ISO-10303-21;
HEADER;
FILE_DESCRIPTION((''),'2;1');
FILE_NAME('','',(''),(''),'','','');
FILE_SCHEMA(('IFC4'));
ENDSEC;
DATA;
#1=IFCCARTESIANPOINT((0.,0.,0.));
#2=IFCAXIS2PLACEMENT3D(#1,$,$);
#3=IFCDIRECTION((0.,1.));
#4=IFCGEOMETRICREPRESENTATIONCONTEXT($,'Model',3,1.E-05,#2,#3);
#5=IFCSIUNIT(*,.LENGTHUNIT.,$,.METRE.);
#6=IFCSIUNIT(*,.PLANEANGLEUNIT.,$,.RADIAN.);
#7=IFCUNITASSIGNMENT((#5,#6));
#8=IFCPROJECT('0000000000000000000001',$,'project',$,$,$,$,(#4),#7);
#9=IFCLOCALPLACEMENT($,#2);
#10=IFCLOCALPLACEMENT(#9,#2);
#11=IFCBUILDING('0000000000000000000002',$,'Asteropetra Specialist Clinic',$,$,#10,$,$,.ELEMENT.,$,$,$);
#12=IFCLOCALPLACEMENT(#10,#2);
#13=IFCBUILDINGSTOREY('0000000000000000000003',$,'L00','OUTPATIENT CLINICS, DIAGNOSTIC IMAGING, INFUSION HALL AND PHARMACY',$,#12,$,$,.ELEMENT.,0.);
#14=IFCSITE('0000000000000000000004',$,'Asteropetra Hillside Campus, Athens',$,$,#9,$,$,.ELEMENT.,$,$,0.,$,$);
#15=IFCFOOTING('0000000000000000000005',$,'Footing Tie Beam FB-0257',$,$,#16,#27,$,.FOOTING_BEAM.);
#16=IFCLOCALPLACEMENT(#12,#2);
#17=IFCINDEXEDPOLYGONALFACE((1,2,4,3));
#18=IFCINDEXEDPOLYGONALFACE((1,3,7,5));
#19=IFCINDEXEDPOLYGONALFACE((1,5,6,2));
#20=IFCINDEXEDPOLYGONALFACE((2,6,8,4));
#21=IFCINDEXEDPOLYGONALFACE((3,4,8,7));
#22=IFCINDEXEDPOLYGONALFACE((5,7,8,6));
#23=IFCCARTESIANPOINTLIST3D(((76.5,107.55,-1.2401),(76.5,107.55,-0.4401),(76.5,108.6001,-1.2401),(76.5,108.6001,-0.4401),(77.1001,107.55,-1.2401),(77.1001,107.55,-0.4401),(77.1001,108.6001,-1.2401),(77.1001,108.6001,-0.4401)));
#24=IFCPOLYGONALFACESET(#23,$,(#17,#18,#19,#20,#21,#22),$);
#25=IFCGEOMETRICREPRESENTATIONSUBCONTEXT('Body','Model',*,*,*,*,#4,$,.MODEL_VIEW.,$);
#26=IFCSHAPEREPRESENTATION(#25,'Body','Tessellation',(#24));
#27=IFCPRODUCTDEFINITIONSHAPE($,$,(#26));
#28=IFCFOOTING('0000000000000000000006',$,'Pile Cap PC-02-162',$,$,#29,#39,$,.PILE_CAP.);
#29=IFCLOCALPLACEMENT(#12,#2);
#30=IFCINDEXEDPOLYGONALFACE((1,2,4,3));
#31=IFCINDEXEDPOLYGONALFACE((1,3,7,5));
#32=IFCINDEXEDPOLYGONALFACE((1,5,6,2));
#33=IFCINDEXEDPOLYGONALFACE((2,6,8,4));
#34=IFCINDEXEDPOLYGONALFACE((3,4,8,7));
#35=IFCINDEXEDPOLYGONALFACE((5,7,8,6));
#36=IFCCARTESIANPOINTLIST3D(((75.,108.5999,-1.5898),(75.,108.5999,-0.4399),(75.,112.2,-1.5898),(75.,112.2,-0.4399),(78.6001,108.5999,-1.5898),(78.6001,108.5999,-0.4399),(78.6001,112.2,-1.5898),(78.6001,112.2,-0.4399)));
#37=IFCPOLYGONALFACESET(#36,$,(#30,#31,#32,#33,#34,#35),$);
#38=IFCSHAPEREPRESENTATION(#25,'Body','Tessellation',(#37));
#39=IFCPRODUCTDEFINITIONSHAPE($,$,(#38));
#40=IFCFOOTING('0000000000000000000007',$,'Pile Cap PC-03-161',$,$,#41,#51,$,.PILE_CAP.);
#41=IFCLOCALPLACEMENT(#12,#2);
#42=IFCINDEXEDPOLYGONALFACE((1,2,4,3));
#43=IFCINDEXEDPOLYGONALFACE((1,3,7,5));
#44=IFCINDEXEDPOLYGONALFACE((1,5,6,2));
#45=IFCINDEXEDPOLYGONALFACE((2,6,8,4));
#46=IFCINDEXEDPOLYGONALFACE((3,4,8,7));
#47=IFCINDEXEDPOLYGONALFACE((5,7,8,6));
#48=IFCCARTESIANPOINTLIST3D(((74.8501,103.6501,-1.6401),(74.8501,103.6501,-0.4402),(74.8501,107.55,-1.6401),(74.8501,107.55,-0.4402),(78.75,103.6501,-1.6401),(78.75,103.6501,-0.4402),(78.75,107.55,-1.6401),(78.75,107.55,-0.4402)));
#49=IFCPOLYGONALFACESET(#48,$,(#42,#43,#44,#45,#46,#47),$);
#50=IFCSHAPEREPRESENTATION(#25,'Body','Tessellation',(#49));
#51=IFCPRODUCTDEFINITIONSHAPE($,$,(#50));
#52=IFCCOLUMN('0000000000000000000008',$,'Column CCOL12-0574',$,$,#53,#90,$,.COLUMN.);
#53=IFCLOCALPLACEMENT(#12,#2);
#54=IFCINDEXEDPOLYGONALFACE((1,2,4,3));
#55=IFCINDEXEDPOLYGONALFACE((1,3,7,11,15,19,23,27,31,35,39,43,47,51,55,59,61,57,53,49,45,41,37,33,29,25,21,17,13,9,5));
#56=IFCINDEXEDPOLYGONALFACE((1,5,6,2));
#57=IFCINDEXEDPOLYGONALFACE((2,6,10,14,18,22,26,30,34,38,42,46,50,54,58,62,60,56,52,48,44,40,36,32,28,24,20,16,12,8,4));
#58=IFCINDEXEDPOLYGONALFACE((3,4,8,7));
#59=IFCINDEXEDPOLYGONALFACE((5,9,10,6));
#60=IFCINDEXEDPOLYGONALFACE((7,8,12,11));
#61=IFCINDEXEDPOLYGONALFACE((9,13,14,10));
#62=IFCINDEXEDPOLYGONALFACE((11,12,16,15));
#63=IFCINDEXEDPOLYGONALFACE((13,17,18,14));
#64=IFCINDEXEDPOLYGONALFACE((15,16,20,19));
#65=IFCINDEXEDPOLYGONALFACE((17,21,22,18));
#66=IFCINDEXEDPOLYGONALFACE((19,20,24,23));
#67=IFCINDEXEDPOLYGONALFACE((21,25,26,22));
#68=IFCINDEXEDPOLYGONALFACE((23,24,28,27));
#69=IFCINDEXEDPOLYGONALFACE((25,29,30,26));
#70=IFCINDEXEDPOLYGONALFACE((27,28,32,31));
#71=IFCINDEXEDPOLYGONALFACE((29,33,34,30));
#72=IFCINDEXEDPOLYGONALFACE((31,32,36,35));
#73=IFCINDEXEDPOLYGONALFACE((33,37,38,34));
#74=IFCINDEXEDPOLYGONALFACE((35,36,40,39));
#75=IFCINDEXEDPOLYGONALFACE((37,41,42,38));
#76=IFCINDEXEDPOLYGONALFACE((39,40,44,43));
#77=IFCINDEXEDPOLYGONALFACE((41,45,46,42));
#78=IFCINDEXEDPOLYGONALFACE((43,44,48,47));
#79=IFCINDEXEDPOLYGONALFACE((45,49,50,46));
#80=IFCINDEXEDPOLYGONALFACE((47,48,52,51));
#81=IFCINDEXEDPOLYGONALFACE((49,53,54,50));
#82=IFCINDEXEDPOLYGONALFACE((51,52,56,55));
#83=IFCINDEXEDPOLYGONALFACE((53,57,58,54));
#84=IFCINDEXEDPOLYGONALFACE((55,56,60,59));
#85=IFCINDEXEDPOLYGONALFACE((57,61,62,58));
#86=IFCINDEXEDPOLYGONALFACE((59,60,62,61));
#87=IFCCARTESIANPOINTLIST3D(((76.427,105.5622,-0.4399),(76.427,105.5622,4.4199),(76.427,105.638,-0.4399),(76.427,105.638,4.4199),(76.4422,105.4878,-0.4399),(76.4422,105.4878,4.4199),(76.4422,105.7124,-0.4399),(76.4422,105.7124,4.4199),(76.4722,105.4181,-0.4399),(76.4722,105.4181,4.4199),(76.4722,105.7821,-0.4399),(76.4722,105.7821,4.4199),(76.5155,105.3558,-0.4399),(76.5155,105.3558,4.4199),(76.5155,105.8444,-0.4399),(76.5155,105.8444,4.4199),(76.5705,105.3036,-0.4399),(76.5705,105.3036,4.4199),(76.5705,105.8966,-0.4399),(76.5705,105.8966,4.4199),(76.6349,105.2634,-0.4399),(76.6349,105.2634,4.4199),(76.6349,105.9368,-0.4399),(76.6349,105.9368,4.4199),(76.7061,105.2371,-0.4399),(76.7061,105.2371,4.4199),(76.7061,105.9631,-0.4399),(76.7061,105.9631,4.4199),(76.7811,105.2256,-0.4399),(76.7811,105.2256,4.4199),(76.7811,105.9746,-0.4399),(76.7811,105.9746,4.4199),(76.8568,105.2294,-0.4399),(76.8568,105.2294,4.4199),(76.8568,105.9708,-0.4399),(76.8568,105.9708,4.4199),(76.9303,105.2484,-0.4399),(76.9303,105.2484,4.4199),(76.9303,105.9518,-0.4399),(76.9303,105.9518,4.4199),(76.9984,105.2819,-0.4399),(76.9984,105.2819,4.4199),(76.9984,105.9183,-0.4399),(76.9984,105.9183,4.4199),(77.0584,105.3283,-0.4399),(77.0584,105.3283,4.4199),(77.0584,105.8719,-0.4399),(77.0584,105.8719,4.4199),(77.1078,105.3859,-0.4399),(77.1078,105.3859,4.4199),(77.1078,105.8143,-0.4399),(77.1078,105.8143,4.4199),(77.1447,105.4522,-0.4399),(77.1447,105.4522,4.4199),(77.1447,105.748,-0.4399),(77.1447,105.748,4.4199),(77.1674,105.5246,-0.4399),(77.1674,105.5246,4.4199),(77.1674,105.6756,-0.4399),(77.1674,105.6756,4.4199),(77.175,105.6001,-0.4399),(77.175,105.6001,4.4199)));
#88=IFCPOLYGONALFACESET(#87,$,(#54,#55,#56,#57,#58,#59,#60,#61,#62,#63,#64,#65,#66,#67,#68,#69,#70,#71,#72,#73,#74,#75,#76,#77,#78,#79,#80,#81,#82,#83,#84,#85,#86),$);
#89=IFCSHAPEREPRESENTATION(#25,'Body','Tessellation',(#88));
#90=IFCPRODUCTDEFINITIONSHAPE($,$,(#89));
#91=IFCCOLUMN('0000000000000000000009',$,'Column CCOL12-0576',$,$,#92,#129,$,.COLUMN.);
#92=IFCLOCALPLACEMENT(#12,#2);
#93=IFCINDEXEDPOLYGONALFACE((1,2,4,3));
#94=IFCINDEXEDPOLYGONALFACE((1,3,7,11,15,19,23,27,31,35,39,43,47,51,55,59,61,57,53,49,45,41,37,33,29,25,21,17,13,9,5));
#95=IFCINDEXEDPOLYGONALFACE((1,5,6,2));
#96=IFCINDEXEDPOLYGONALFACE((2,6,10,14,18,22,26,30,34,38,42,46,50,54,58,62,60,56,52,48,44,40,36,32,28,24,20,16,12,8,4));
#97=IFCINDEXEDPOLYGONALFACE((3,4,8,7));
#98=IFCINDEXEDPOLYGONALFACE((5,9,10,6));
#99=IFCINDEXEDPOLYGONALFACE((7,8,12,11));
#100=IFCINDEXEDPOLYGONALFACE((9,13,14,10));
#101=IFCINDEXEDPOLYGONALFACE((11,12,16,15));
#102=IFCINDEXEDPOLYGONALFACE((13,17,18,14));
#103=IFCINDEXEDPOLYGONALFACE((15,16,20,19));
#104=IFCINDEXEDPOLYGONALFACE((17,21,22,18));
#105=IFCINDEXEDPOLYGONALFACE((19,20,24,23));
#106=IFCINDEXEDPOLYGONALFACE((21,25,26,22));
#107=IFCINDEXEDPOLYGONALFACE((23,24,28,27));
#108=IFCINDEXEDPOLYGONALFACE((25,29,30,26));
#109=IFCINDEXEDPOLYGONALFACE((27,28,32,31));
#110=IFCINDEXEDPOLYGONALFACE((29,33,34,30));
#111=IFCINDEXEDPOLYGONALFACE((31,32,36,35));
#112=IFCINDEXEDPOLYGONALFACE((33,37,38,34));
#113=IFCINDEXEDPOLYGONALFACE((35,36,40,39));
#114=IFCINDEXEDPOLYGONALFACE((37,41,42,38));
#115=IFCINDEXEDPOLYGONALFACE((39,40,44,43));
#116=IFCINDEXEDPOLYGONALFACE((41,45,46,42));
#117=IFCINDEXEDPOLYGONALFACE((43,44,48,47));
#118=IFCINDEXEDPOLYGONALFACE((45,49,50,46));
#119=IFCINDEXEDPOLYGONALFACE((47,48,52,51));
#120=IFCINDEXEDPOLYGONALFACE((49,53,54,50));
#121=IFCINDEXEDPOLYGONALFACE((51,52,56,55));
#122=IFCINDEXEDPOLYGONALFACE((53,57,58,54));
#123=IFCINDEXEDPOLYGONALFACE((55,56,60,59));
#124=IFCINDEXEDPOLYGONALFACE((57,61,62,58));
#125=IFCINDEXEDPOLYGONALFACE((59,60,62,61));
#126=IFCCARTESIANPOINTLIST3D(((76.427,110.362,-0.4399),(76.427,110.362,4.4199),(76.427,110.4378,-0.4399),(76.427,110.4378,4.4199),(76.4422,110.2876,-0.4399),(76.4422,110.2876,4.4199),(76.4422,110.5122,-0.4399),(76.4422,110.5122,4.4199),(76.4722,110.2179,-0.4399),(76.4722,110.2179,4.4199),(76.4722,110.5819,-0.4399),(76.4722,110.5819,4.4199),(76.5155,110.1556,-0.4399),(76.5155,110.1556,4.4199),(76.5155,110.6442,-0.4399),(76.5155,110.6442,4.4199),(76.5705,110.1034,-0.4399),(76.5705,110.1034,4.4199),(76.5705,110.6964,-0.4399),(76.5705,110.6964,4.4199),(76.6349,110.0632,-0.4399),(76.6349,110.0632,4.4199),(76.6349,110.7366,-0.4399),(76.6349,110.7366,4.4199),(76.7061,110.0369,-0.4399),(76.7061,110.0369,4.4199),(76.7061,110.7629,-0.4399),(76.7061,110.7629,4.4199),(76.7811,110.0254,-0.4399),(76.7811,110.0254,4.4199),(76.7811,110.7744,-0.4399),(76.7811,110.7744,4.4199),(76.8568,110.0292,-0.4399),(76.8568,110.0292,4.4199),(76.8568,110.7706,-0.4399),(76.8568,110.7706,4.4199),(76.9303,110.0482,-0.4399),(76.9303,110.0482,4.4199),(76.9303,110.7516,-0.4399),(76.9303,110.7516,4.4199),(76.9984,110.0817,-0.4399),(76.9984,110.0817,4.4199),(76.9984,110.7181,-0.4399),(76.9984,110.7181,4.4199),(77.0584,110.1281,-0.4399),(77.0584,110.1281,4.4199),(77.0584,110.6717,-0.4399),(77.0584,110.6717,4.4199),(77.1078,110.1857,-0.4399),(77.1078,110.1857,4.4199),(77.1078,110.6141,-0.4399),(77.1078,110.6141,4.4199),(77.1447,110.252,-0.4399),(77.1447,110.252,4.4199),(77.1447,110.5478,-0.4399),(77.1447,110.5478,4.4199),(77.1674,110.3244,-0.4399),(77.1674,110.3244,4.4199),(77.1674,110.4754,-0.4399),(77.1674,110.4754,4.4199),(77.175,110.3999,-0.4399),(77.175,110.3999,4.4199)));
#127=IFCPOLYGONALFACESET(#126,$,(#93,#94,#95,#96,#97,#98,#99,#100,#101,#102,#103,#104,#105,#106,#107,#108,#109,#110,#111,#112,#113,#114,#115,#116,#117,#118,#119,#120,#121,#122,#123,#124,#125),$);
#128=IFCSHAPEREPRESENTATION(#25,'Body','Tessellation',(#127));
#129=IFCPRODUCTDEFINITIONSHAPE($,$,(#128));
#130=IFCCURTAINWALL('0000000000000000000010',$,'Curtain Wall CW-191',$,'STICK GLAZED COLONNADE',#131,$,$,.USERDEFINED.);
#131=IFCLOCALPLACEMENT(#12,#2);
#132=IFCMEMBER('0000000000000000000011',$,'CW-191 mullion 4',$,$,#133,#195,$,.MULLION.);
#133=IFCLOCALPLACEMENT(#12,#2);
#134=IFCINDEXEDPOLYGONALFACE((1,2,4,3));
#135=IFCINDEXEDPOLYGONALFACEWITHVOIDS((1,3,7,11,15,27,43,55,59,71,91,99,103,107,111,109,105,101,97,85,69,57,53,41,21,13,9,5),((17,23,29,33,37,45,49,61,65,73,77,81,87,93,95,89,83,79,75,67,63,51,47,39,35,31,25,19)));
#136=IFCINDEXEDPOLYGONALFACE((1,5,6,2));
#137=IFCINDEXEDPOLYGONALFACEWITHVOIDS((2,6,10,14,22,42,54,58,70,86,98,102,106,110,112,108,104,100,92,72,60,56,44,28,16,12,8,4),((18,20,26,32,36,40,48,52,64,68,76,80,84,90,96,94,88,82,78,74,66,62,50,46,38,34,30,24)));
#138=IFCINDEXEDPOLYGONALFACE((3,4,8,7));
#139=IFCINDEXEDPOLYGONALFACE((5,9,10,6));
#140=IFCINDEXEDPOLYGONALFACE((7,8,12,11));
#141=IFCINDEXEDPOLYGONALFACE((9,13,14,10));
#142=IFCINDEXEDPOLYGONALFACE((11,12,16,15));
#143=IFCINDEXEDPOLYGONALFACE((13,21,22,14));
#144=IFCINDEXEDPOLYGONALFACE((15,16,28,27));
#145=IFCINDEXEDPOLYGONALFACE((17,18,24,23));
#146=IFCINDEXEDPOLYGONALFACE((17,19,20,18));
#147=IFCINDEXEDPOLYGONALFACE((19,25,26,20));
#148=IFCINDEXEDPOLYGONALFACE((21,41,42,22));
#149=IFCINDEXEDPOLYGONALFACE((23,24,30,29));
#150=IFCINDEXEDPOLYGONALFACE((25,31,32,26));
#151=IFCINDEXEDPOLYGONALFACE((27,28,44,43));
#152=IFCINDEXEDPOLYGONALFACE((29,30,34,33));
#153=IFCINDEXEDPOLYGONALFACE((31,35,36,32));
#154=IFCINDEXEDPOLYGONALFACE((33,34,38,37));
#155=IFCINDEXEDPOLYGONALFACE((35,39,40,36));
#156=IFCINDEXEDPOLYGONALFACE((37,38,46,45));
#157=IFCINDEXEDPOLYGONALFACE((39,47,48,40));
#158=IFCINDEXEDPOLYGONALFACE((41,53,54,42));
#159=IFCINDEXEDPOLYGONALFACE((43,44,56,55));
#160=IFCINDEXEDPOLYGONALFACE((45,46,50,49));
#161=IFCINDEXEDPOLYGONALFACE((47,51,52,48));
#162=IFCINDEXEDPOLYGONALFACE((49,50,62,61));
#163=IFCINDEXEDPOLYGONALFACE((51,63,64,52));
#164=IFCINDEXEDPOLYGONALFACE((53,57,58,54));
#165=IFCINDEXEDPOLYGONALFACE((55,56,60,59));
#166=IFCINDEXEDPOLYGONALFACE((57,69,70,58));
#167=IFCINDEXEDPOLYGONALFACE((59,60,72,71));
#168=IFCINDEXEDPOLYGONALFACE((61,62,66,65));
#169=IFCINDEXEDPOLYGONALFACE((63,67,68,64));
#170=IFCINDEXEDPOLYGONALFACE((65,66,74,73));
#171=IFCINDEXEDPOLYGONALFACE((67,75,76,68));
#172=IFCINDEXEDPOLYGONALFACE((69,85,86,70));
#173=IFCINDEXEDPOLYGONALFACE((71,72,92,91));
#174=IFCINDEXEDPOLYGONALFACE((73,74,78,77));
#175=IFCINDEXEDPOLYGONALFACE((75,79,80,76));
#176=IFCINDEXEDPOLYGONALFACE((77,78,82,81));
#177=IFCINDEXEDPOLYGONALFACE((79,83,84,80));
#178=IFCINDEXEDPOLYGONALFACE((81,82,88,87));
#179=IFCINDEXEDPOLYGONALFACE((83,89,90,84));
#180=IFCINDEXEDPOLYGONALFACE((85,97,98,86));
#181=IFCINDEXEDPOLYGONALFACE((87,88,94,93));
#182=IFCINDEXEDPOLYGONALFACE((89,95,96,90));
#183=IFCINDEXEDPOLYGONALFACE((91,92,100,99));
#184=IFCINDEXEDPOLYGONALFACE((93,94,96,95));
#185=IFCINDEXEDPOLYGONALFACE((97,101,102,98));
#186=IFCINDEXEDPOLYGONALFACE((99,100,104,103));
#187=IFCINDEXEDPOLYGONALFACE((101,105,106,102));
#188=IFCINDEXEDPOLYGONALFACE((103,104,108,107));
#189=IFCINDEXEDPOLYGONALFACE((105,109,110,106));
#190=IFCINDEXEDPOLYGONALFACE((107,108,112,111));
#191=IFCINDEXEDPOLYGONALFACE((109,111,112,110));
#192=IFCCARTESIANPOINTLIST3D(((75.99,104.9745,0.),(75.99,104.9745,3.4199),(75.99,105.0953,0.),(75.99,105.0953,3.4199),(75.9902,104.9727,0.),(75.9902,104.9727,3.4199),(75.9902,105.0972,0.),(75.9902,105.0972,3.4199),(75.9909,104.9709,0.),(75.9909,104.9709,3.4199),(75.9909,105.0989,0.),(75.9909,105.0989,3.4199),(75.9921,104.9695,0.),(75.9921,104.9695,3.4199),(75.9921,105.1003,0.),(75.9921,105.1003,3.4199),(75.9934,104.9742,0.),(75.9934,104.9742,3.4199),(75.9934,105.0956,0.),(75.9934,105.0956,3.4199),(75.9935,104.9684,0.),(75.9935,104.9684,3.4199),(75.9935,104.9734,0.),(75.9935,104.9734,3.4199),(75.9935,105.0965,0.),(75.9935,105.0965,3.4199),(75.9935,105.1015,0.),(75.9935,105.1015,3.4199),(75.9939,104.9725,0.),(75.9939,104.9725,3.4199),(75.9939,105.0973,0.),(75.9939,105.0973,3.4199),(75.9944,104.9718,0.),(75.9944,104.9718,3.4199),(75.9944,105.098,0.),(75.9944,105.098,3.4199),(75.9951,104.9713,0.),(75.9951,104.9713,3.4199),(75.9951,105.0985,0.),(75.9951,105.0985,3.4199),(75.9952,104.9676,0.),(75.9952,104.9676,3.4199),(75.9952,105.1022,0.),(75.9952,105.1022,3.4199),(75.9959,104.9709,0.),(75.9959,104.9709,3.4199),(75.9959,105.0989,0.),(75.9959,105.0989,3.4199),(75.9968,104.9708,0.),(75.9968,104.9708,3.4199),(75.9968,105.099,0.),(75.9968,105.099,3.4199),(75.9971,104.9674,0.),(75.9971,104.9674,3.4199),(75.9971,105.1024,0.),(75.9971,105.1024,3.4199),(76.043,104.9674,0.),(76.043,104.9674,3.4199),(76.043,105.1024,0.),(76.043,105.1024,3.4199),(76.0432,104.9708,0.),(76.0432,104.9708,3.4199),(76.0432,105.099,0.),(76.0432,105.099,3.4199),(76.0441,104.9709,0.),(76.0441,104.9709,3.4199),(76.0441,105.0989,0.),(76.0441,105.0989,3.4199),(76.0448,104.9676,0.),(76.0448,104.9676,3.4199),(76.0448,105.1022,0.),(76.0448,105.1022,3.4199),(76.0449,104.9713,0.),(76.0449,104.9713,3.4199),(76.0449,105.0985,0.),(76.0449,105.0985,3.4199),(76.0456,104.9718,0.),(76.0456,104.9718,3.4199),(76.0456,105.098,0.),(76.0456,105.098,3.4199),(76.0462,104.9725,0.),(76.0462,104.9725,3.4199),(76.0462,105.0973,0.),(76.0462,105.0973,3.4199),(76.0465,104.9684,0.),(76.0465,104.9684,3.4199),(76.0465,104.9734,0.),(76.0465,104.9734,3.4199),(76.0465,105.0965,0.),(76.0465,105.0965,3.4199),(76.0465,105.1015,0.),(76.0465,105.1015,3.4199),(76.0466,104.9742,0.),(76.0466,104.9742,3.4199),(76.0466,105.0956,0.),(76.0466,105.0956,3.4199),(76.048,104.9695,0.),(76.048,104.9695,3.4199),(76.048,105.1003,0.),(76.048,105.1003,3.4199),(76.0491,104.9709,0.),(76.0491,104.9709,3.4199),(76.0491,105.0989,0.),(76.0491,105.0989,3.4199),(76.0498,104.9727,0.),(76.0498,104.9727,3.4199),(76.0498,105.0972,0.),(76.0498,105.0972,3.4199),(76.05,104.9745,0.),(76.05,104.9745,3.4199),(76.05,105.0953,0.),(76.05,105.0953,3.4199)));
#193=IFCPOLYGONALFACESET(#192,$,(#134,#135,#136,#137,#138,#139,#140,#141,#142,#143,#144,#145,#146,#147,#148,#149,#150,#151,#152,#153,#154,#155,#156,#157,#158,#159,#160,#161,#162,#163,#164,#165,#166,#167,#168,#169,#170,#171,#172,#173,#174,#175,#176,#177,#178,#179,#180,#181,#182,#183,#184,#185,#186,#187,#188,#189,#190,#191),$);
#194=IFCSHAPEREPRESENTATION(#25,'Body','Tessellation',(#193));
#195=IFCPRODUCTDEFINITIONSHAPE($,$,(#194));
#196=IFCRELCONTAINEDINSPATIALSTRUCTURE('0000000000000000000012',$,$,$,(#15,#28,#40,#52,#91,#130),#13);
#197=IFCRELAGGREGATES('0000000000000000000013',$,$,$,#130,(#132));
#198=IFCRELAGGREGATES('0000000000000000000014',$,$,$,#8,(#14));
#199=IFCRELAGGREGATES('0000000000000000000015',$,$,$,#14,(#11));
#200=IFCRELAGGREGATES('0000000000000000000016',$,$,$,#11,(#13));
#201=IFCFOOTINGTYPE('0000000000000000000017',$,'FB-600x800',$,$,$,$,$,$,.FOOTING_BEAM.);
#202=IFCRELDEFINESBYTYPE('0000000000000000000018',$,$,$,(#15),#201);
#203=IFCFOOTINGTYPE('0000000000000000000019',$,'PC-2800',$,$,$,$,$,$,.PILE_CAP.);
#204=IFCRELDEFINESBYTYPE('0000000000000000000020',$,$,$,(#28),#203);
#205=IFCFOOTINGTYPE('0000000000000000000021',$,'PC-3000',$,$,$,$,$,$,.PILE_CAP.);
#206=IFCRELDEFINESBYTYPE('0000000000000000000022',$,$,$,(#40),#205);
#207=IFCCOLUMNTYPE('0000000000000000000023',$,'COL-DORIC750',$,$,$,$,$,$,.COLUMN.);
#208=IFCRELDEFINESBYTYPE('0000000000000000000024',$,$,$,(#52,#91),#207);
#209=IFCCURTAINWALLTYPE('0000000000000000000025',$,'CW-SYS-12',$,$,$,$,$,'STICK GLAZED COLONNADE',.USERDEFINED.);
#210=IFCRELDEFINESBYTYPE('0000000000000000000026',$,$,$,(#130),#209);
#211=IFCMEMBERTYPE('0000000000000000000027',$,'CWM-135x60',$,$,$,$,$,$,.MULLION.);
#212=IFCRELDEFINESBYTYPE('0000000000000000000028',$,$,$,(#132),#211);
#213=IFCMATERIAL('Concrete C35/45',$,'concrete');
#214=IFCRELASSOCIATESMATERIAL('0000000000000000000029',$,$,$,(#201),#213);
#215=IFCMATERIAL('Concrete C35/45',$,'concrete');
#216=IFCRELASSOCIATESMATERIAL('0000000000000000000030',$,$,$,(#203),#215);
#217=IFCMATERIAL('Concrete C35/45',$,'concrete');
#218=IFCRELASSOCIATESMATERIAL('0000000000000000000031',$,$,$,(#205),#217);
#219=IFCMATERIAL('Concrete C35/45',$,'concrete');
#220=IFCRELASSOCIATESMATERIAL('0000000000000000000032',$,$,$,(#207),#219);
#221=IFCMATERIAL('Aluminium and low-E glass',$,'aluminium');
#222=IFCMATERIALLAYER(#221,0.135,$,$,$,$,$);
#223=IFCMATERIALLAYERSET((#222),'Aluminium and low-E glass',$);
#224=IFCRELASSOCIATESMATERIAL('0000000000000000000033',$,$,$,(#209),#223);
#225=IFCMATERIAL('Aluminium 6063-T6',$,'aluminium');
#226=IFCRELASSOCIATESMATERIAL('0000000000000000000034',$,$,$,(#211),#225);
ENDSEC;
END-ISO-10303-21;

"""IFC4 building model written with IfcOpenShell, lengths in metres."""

from ifc_helpers import new_model, si_unit, direction, frame, origin, origin_2d, place, context, subcontext, project, spatial, rectangle, hollow_rectangle, circle, extrude, material, layer, layer_set, material_profile, profile_set, type_object, element, aggregate, save


model = new_model("IFC4")

# Units and contexts
model_context = context("Model", 3, precision=1e-05, world=origin(), true_north=direction((0.0, 1.0)))
body_context = subcontext(model_context, "Body", "Model", "MODEL_VIEW")
ifc_project = project(units=[si_unit("LENGTHUNIT", "METRE"), si_unit("PLANEANGLEUNIT", "RADIAN")], contexts=[model_context])

# Site, building, storey
site_placement = place(None, origin())
site = spatial("IfcSite", under=ifc_project, at=site_placement, Name="Asteropetra Hillside Campus, Athens", CompositionType="ELEMENT", RefElevation=0.0)
building_placement = place(site_placement, origin())
building = spatial("IfcBuilding", under=site, at=building_placement, Name="Asteropetra Specialist Clinic", CompositionType="ELEMENT")
storey_placement = place(building_placement, origin())
storey = spatial("IfcBuildingStorey", under=building, at=storey_placement, Name="L00", Description="OUTPATIENT CLINICS, DIAGNOSTIC IMAGING, INFUSION HALL AND PHARMACY", CompositionType="ELEMENT", Elevation=0.0)

# Footings
ifc_material_1 = material(Name="Concrete C35/45", Category="concrete")
ifc_material_profile_1 = material_profile(ifc_material_1, rectangle(XDim=0.6001, YDim=0.8, at=origin_2d()), Name="FB 600x800")
ifc_profile_set_1 = profile_set([ifc_material_profile_1], Name="Concrete C35/45")
footing_type_1 = type_object("IfcFootingType", Name="FB-600x800", PredefinedType="FOOTING_BEAM", material=ifc_profile_set_1)
footing_1_placement = place(storey_placement, frame((76.8, 107.55, -0.8401), z_axis=(0.0, 1.0, 0.0), x_axis=(-1.0, 0.0, 0.0)))
element("IfcFooting", 1, at=footing_1_placement, inside=storey, type_object=footing_type_1, Name="Footing Tie Beam FB-0257", PredefinedType="FOOTING_BEAM", context=body_context, shape_type="SweptSolid", body=[
    extrude(rectangle(XDim=0.6001, YDim=0.8, at=origin_2d()), origin(), (0.0, 0.0, 1.0), 1.05),
])
ifc_material_2 = material(Name="Concrete C35/45", Category="concrete")
footing_type_2 = type_object("IfcFootingType", Name="PC-2800", PredefinedType="PILE_CAP", material=ifc_material_2)
footing_2_placement = place(storey_placement, frame((76.8, 110.3999, -1.5898), z_axis=(0.0, 0.0, 1.0), x_axis=(1.0, 0.0, 0.0)))
element("IfcFooting", 2, at=footing_2_placement, inside=storey, type_object=footing_type_2, Name="Pile Cap PC-02-162", PredefinedType="PILE_CAP", context=body_context, shape_type="SweptSolid", body=[
    extrude(rectangle(XDim=3.6001, YDim=3.6001, at=origin_2d()), origin(), (0.0, 0.0, 1.0), 1.1499),
])
ifc_material_3 = material(Name="Concrete C35/45", Category="concrete")
footing_type_3 = type_object("IfcFootingType", Name="PC-3000", PredefinedType="PILE_CAP", material=ifc_material_3)
footing_3_placement = place(storey_placement, frame((76.8, 105.6001, -1.6401), z_axis=(0.0, 0.0, 1.0), x_axis=(1.0, 0.0, 0.0)))
element("IfcFooting", 3, at=footing_3_placement, inside=storey, type_object=footing_type_3, Name="Pile Cap PC-03-161", PredefinedType="PILE_CAP", context=body_context, shape_type="SweptSolid", body=[
    extrude(rectangle(XDim=3.8999, YDim=3.8999, at=origin_2d()), origin(), (0.0, 0.0, 1.0), 1.2),
])

# Columns
ifc_material_4 = material(Name="Concrete C35/45", Category="concrete")
ifc_material_profile_2 = material_profile(ifc_material_4, circle(Radius=0.375, at=origin_2d()), Name="RCC D750")
ifc_profile_set_2 = profile_set([ifc_material_profile_2], Name="Concrete C35/45")
column_type = type_object("IfcColumnType", Name="COL-DORIC750", PredefinedType="COLUMN", material=ifc_profile_set_2)
for number, where, z_axis, x_axis, name in (
    (4, (76.8, 105.6001, -0.4399), (0.0, 0.0, 1.0), (1.0, 0.0, 0.0), "Column CCOL12-0574"),
    (5, (76.8, 110.3999, -0.4399), (0.0, 0.0, 1.0), (1.0, 0.0, 0.0), "Column CCOL12-0576"),
):
    element("IfcColumn", number, at=place(storey_placement, frame(where, z_axis=z_axis, x_axis=x_axis)), inside=storey, type_object=column_type, Name=name, PredefinedType="COLUMN", context=body_context, shape_type="SweptSolid", body=[
        extrude(circle(Radius=0.375, at=origin_2d()), origin(), (0.0, 0.0, 1.0), 4.8599),
    ])

# Curtain wall, member
ifc_material_5 = material(Name="Aluminium and low-E glass", Category="aluminium")
ifc_layer_1 = layer(ifc_material_5, 0.135)
ifc_layer_set_1 = layer_set([ifc_layer_1], Name="Aluminium and low-E glass")
curtain_wall_type = type_object("IfcCurtainWallType", Name="CW-SYS-12", ElementType="STICK GLAZED COLONNADE", PredefinedType="USERDEFINED", material=ifc_layer_set_1)
curtain_wall_placement = place(storey_placement, origin())
curtain_wall = element("IfcCurtainWall", 6, at=curtain_wall_placement, inside=storey, type_object=curtain_wall_type, Name="Curtain Wall CW-191", ObjectType="STICK GLAZED COLONNADE", PredefinedType="USERDEFINED")
ifc_material_6 = material(Name="Aluminium 6063-T6", Category="aluminium")
ifc_material_profile_3 = material_profile(ifc_material_6, hollow_rectangle(XDim=0.0601, YDim=0.135, WallThickness=0.0034, InnerFilletRadius=0.0034, OuterFilletRadius=0.0071, at=origin_2d()), Name="MUL 135x60x3.5")
ifc_profile_set_3 = profile_set([ifc_material_profile_3], Name="Aluminium 6063-T6")
member_type_1 = type_object("IfcMemberType", Name="CWM-135x60", PredefinedType="MULLION", material=ifc_profile_set_3)
member_1_placement = place(storey_placement, frame((76.02, 105.0349, 0.0), z_axis=(0.0, 0.0, 1.0), x_axis=(-1.0, 0.0, 0.0)))
member_1 = element("IfcMember", 7, at=member_1_placement, type_object=member_type_1, Name="CW-191 mullion 4", PredefinedType="MULLION", context=body_context, shape_type="SweptSolid", body=[
    extrude(hollow_rectangle(XDim=0.0601, YDim=0.135, WallThickness=0.0034, InnerFilletRadius=0.0034, OuterFilletRadius=0.0071, at=origin_2d()), origin(), (0.0, 0.0, 1.0), 3.4199),
])
aggregate(curtain_wall, [member_1])

save(model, "model.ifc")
